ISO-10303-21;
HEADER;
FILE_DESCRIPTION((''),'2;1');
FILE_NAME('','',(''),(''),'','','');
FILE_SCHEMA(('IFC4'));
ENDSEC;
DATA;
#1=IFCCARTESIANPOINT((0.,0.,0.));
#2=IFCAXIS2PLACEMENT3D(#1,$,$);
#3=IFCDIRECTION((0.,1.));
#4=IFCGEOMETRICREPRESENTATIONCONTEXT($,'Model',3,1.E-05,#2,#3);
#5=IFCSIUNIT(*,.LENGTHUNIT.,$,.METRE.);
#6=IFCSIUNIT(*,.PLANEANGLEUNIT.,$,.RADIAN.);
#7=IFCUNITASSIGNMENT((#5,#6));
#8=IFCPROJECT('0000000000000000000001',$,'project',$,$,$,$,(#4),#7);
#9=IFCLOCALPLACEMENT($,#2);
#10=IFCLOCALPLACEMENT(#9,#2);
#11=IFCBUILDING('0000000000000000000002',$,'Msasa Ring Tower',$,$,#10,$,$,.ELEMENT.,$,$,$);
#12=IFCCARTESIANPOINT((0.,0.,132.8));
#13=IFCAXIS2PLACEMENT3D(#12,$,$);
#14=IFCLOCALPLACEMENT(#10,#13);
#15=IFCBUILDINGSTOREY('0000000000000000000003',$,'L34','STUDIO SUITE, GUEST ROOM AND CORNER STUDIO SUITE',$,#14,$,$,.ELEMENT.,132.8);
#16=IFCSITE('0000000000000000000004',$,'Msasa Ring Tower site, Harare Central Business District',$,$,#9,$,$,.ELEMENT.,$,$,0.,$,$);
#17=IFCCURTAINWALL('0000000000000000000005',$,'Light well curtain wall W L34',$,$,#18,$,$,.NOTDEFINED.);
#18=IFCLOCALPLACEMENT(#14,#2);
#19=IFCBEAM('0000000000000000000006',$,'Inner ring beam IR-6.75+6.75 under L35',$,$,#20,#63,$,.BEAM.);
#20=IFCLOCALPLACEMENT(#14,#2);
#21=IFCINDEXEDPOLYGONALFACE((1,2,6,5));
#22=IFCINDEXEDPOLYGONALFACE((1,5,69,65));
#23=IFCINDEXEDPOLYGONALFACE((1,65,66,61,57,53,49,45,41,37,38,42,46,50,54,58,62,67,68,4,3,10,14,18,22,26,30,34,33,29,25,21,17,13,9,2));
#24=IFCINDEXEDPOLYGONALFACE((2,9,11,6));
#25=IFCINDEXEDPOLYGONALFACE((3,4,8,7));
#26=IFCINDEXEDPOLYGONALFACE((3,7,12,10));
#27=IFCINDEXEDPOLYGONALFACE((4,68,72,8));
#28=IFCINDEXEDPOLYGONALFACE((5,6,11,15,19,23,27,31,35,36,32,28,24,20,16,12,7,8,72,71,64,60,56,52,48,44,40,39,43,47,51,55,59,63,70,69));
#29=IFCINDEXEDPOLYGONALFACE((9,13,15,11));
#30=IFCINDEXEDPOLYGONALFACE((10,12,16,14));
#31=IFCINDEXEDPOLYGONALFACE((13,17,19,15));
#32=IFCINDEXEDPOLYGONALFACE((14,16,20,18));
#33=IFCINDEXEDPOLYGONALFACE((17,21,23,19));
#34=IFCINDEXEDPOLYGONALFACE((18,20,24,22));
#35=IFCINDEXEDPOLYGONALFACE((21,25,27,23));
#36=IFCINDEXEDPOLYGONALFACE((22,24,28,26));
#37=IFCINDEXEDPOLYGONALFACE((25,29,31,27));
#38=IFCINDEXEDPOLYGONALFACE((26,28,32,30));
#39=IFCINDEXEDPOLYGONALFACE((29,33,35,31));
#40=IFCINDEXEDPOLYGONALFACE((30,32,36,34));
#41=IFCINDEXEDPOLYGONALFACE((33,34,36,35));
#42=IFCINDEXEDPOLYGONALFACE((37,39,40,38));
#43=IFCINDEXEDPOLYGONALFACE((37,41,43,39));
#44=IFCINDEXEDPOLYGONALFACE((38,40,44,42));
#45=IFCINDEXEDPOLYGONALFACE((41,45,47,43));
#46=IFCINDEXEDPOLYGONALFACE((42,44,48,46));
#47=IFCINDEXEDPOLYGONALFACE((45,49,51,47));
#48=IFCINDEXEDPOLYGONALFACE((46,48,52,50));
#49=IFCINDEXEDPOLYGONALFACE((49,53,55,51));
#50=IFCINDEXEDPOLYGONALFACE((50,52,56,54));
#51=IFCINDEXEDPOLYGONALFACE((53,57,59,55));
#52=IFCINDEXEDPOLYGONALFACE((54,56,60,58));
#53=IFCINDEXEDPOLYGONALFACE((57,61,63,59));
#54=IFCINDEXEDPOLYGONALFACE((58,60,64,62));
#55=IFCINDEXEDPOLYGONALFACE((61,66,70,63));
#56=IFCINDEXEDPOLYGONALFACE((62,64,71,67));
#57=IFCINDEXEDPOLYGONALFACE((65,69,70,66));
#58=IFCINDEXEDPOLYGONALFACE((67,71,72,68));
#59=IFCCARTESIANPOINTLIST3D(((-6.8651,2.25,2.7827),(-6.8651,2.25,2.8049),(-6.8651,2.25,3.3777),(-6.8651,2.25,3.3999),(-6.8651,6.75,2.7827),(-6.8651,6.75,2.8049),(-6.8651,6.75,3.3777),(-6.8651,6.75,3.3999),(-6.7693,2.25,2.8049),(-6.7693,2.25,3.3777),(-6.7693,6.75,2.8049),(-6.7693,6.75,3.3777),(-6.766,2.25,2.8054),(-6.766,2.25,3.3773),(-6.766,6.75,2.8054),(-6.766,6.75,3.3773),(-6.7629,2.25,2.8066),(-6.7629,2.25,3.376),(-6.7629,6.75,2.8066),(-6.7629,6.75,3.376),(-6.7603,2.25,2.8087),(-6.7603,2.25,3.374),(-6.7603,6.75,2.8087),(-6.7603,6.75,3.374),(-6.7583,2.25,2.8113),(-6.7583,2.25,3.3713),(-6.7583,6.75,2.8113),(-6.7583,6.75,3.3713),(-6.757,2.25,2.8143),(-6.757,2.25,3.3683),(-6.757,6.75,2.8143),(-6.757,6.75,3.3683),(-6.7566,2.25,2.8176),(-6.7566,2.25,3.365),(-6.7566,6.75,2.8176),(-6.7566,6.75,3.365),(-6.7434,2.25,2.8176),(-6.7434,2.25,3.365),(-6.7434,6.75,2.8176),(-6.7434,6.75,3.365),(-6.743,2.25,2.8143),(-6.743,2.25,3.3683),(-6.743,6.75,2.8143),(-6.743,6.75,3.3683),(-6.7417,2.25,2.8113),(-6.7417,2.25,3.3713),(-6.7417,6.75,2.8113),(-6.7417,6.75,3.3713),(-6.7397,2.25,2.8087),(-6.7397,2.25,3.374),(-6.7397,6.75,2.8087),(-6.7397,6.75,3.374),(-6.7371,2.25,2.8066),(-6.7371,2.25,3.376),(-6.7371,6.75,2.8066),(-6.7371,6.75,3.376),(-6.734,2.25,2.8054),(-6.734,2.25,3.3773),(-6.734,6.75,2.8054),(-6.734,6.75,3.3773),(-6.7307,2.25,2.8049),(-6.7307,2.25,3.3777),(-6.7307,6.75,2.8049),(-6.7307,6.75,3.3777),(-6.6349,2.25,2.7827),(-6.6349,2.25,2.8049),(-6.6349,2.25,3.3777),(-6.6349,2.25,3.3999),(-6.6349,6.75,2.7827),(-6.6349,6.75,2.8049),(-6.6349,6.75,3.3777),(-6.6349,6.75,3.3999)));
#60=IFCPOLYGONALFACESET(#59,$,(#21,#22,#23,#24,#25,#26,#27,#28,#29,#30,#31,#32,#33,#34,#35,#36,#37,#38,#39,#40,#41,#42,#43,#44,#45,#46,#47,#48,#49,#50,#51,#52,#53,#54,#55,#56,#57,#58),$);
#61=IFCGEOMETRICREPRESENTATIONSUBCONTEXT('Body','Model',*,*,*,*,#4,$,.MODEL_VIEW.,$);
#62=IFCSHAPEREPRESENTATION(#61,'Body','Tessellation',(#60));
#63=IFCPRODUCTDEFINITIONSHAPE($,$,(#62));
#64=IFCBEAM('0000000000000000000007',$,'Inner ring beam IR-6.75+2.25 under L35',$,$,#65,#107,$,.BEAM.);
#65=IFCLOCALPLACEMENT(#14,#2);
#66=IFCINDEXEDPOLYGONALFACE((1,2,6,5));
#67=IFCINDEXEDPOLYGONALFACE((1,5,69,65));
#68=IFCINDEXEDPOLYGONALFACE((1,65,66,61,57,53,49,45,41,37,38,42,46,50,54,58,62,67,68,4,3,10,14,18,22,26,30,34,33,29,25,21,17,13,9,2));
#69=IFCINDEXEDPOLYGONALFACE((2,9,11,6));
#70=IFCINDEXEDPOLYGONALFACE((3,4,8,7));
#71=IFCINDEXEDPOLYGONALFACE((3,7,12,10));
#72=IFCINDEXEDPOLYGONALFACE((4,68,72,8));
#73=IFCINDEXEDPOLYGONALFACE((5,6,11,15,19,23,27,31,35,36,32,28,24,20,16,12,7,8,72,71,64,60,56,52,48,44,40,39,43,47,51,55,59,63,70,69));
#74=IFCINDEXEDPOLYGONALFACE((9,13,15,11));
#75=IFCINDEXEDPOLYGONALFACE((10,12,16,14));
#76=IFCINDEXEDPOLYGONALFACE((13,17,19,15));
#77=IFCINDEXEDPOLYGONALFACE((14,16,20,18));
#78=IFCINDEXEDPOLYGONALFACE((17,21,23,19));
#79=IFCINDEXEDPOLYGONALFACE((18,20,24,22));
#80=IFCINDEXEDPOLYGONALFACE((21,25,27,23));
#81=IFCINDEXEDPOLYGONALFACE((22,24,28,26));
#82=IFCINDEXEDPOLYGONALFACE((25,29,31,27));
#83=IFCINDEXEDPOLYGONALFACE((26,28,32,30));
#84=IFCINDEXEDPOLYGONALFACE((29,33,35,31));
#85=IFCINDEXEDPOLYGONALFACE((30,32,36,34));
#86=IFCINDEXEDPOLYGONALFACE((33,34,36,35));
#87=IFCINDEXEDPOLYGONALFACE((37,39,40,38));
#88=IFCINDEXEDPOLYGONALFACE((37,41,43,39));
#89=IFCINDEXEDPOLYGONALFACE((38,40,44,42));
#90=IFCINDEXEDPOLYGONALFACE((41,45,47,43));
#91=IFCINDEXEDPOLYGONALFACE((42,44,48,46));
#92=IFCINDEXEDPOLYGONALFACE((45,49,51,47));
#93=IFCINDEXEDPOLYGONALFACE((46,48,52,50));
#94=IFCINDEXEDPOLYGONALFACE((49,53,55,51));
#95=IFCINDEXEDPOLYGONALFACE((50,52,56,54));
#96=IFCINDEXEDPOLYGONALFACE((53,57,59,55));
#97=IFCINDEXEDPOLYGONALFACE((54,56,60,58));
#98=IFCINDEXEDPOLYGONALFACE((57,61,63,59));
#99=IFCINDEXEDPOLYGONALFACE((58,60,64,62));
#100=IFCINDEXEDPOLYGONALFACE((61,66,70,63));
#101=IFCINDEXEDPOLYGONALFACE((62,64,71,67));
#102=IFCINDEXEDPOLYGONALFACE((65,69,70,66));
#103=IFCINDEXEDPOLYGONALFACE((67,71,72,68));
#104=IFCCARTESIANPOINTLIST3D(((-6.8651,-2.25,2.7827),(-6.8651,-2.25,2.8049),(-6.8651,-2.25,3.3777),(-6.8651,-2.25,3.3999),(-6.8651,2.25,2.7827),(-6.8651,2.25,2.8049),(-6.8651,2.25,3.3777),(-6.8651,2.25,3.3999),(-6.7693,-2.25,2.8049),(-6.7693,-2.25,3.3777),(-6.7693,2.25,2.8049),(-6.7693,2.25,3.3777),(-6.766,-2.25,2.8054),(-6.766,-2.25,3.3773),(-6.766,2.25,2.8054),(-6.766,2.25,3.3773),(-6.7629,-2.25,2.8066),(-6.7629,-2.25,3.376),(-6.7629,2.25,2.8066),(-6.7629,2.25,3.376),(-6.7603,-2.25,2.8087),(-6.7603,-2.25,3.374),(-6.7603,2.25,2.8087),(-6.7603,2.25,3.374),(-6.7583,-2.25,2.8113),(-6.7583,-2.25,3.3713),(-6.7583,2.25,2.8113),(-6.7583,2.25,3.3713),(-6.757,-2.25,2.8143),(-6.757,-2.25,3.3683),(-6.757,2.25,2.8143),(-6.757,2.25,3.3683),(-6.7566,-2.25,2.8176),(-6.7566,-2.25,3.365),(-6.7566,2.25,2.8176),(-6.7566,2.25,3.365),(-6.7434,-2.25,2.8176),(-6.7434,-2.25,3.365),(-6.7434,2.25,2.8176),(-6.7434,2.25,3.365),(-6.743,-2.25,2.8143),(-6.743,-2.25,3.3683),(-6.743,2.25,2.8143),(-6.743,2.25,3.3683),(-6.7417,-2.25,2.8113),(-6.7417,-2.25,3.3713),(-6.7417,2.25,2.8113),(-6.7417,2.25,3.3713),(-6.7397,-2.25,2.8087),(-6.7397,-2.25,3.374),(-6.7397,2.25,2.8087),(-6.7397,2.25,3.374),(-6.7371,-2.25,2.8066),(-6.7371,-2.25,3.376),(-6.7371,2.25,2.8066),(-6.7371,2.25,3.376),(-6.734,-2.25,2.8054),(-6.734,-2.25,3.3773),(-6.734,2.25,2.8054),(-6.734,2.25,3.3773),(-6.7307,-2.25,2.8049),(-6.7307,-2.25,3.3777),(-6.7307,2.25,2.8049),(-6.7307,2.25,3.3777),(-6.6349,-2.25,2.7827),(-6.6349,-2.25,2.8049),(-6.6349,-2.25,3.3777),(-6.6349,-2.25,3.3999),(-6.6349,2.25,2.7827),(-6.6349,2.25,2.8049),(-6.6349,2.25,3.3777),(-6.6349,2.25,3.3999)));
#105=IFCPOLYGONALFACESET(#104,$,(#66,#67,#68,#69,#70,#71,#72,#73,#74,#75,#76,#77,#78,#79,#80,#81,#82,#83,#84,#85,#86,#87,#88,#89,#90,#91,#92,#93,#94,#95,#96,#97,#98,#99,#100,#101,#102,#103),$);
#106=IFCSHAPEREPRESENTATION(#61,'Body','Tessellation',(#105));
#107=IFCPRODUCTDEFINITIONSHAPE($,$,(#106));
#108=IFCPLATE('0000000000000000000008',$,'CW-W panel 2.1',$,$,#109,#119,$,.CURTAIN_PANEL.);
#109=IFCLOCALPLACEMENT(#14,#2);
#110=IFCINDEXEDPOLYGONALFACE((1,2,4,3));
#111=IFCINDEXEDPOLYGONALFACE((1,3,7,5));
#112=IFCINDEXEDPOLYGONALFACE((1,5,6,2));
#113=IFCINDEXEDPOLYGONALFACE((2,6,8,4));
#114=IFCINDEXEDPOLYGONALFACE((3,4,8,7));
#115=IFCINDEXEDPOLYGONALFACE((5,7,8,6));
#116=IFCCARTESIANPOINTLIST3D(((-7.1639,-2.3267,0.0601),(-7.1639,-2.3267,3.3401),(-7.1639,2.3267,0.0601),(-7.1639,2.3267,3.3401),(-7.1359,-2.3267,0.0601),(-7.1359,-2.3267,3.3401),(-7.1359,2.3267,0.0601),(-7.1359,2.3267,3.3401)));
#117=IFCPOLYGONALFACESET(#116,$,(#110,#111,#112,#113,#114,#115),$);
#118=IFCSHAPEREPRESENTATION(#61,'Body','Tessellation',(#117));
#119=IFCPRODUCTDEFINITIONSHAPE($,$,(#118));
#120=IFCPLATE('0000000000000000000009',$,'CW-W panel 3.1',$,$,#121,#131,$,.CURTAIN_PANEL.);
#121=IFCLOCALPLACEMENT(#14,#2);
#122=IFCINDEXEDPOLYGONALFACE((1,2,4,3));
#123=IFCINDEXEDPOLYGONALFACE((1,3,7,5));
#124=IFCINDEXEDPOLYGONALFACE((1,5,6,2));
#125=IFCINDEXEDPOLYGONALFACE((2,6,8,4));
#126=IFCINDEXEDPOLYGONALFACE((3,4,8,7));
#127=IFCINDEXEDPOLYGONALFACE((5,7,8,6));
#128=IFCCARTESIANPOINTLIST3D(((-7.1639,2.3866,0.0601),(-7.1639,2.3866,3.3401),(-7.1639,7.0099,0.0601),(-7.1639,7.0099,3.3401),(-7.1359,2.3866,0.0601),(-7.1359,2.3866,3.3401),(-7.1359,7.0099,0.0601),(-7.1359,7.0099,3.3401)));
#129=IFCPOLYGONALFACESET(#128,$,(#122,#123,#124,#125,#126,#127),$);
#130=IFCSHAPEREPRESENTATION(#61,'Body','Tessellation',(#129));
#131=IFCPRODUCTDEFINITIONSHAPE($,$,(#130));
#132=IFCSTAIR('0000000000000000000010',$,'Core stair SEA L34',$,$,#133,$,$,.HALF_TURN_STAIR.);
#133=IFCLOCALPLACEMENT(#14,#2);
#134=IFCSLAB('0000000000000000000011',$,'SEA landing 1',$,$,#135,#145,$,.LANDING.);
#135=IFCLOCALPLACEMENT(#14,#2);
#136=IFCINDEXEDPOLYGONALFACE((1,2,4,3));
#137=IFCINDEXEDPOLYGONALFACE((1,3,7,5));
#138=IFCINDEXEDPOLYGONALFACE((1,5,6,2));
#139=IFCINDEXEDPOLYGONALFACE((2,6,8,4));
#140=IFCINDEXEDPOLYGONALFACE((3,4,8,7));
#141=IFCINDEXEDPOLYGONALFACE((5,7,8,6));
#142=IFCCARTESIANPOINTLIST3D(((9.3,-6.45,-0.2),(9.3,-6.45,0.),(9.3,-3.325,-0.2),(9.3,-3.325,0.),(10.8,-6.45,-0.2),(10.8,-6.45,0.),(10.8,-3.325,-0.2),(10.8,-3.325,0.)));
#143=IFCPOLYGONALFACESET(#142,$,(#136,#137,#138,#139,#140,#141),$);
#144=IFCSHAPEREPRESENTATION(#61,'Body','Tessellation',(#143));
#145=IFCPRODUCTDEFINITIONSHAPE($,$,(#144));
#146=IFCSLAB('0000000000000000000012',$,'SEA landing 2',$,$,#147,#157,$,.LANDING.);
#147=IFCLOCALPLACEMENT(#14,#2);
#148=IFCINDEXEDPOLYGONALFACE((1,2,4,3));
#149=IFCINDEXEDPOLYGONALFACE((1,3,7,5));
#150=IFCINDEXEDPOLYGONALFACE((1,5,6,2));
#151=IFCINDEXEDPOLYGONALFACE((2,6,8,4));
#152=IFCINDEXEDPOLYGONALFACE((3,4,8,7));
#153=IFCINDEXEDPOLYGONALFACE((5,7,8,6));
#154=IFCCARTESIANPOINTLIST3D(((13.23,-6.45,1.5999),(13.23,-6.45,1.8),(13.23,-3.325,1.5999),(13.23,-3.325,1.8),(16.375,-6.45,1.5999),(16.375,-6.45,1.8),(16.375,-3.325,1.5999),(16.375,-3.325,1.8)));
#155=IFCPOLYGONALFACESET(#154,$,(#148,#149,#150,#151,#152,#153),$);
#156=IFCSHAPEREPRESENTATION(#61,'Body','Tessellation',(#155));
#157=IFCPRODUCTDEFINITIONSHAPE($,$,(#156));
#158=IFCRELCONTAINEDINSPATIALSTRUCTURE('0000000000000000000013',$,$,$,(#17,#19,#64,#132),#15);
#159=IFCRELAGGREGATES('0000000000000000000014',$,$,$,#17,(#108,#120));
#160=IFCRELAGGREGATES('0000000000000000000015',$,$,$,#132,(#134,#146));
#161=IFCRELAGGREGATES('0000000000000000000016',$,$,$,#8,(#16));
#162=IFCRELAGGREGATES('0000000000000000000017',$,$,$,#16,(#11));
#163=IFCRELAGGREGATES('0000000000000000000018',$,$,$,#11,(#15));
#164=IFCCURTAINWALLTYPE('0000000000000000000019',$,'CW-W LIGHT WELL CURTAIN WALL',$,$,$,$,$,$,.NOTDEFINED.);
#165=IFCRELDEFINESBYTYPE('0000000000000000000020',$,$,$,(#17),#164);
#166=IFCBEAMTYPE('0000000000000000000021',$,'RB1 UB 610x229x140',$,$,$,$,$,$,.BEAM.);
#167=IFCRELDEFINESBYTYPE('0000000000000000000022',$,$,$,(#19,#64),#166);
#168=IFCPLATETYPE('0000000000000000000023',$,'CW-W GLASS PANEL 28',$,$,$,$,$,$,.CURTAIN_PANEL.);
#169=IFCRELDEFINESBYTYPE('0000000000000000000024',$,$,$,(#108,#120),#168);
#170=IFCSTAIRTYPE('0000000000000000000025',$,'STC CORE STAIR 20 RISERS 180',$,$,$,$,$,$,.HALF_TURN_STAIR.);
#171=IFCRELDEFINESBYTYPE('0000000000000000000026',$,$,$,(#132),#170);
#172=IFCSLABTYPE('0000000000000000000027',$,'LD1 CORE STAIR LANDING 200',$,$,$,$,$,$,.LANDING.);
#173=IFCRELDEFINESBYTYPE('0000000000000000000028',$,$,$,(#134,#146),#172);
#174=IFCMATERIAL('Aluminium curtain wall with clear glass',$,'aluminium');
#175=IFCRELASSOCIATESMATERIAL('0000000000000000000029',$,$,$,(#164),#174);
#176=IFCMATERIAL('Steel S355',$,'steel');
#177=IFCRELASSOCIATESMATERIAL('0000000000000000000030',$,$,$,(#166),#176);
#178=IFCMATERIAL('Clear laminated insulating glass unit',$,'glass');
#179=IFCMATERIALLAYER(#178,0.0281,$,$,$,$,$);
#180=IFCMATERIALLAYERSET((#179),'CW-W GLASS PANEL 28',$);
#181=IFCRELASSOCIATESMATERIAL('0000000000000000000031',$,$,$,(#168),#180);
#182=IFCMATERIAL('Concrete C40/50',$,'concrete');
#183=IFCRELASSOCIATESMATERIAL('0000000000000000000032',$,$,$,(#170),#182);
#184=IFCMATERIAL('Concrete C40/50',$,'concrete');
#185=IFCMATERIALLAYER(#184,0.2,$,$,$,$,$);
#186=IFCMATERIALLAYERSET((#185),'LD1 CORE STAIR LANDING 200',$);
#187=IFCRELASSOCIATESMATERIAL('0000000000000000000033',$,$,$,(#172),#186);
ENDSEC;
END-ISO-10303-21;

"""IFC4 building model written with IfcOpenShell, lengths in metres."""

from ifc_helpers import new_model, si_unit, direction, frame, origin, origin_2d, place, context, subcontext, project, spatial, polyline, rectangle, i_section, outline, extrude, material, layer, layer_set, material_profile, profile_set, type_object, element, aggregate, save


model = new_model("IFC4")

# Units and contexts
model_context = context("Model", 3, precision=1e-05, world=origin(), true_north=direction((0.0, 1.0)))
body_context = subcontext(model_context, "Body", "Model", "MODEL_VIEW")
ifc_project = project(units=[si_unit("LENGTHUNIT", "METRE"), si_unit("PLANEANGLEUNIT", "RADIAN")], contexts=[model_context])

# Site, building, storey
site_placement = place(None, origin())
site = spatial("IfcSite", under=ifc_project, at=site_placement, Name="Msasa Ring Tower site, Harare Central Business District", CompositionType="ELEMENT", RefElevation=0.0)
building_placement = place(site_placement, origin())
building = spatial("IfcBuilding", under=site, at=building_placement, Name="Msasa Ring Tower", CompositionType="ELEMENT")
storey_placement = place(building_placement, frame((0.0, 0.0, 132.8)))
storey = spatial("IfcBuildingStorey", under=building, at=storey_placement, Name="L34", Description="STUDIO SUITE, GUEST ROOM AND CORNER STUDIO SUITE", CompositionType="ELEMENT", Elevation=132.8)

# Shared definitions
ifc_material_1 = material(Name="Aluminium curtain wall with clear glass", Category="aluminium")
curtain_wall_type = type_object("IfcCurtainWallType", Name="CW-W LIGHT WELL CURTAIN WALL", PredefinedType="NOTDEFINED", material=ifc_material_1)

# Curtain wall
curtain_wall_1_placement = place(storey_placement, origin())
curtain_wall_1 = element("IfcCurtainWall", 1, at=curtain_wall_1_placement, inside=storey, type_object=curtain_wall_type, Name="Light well curtain wall W L34", PredefinedType="NOTDEFINED")

# Beams
ifc_material_2 = material(Name="Steel S355", Category="steel")
ifc_material_profile_1 = material_profile(ifc_material_2, i_section(OverallWidth=0.2302, OverallDepth=0.6172, WebThickness=0.0132, FlangeThickness=0.0222, FilletRadius=0.0127, at=origin_2d()), Name="UB 610x229x140")
ifc_profile_set_1 = profile_set([ifc_material_profile_1], Name="Steel S355")
beam_type = type_object("IfcBeamType", Name="RB1 UB 610x229x140", PredefinedType="BEAM", material=ifc_profile_set_1)
for number, where, z_axis, x_axis, name in (
    (2, (-6.75, 6.75, 3.0913), (0.0, -1.0, 0.0), (1.0, 0.0, 0.0), "Inner ring beam IR-6.75+6.75 under L35"),
    (3, (-6.75, 2.25, 3.0913), (0.0, -1.0, 0.0), (1.0, 0.0, 0.0), "Inner ring beam IR-6.75+2.25 under L35"),
):
    element("IfcBeam", number, at=place(storey_placement, frame(where, z_axis=z_axis, x_axis=x_axis)), inside=storey, type_object=beam_type, Name=name, PredefinedType="BEAM", context=body_context, shape_type="SweptSolid", body=[
        extrude(i_section(OverallWidth=0.2302, OverallDepth=0.6172, WebThickness=0.0132, FlangeThickness=0.0222, FilletRadius=0.0127, at=origin_2d()), origin(), (0.0, 0.0, 1.0), 4.5),
    ])

# Plates
ifc_material_3 = material(Name="Clear laminated insulating glass unit", Category="glass")
ifc_layer_1 = layer(ifc_material_3, 0.0281)
ifc_layer_set_1 = layer_set([ifc_layer_1], Name="CW-W GLASS PANEL 28")
plate_type = type_object("IfcPlateType", Name="CW-W GLASS PANEL 28", PredefinedType="CURTAIN_PANEL", material=ifc_layer_set_1)
plate_1_placement = place(storey_placement, frame((-7.1499, 0.0, 0.0601), z_axis=(0.0, 0.0, 1.0), x_axis=(0.0, 1.0, 0.0)))
plate_1 = element("IfcPlate", 4, at=plate_1_placement, type_object=plate_type, Name="CW-W panel 2.1", PredefinedType="CURTAIN_PANEL", context=body_context, shape_type="SweptSolid", body=[
    extrude(rectangle(XDim=4.6533, YDim=0.0281, at=origin_2d()), origin(), (0.0, 0.0, 1.0), 3.28),
])
plate_2_placement = place(storey_placement, frame((-7.1499, 4.6982, 0.0601), z_axis=(0.0, 0.0, 1.0), x_axis=(0.0, 1.0, 0.0)))
plate_2 = element("IfcPlate", 5, at=plate_2_placement, type_object=plate_type, Name="CW-W panel 3.1", PredefinedType="CURTAIN_PANEL", context=body_context, shape_type="SweptSolid", body=[
    extrude(rectangle(XDim=4.6233, YDim=0.0281, at=origin_2d()), origin(), (0.0, 0.0, 1.0), 3.28),
])
aggregate(curtain_wall_1, [plate_1, plate_2])

# Stair, slabs
ifc_material_4 = material(Name="Concrete C40/50", Category="concrete")
stair_type = type_object("IfcStairType", Name="STC CORE STAIR 20 RISERS 180", PredefinedType="HALF_TURN_STAIR", material=ifc_material_4)
stair_1_placement = place(storey_placement, origin())
stair_1 = element("IfcStair", 6, at=stair_1_placement, inside=storey, type_object=stair_type, Name="Core stair SEA L34", PredefinedType="HALF_TURN_STAIR")
ifc_material_5 = material(Name="Concrete C40/50", Category="concrete")
ifc_layer_2 = layer(ifc_material_5, 0.2)
ifc_layer_set_2 = layer_set([ifc_layer_2], Name="LD1 CORE STAIR LANDING 200")
slab_type_1 = type_object("IfcSlabType", Name="LD1 CORE STAIR LANDING 200", PredefinedType="LANDING", material=ifc_layer_set_2)
slab_1_placement = place(storey_placement, frame((0.0, 0.0, -0.2)))
slab_1 = element("IfcSlab", 7, at=slab_1_placement, type_object=slab_type_1, Name="SEA landing 1", PredefinedType="LANDING", context=body_context, shape_type="SweptSolid", body=[
    extrude(outline(polyline([(9.3, -6.45), (10.8, -6.45), (10.8, -3.325), (9.3, -3.325), (9.3, -6.45)])), origin(), (0.0, 0.0, 1.0), 0.2),
])
slab_2_placement = place(storey_placement, frame((0.0, 0.0, 1.5999)))
slab_2 = element("IfcSlab", 8, at=slab_2_placement, type_object=slab_type_1, Name="SEA landing 2", PredefinedType="LANDING", context=body_context, shape_type="SweptSolid", body=[
    extrude(outline(polyline([(13.23, -6.45), (16.375, -6.45), (16.375, -3.325), (13.23, -3.325), (13.23, -6.45)])), origin(), (0.0, 0.0, 1.0), 0.2002),
])
aggregate(stair_1, [slab_1, slab_2])

save(model, "model.ifc")
